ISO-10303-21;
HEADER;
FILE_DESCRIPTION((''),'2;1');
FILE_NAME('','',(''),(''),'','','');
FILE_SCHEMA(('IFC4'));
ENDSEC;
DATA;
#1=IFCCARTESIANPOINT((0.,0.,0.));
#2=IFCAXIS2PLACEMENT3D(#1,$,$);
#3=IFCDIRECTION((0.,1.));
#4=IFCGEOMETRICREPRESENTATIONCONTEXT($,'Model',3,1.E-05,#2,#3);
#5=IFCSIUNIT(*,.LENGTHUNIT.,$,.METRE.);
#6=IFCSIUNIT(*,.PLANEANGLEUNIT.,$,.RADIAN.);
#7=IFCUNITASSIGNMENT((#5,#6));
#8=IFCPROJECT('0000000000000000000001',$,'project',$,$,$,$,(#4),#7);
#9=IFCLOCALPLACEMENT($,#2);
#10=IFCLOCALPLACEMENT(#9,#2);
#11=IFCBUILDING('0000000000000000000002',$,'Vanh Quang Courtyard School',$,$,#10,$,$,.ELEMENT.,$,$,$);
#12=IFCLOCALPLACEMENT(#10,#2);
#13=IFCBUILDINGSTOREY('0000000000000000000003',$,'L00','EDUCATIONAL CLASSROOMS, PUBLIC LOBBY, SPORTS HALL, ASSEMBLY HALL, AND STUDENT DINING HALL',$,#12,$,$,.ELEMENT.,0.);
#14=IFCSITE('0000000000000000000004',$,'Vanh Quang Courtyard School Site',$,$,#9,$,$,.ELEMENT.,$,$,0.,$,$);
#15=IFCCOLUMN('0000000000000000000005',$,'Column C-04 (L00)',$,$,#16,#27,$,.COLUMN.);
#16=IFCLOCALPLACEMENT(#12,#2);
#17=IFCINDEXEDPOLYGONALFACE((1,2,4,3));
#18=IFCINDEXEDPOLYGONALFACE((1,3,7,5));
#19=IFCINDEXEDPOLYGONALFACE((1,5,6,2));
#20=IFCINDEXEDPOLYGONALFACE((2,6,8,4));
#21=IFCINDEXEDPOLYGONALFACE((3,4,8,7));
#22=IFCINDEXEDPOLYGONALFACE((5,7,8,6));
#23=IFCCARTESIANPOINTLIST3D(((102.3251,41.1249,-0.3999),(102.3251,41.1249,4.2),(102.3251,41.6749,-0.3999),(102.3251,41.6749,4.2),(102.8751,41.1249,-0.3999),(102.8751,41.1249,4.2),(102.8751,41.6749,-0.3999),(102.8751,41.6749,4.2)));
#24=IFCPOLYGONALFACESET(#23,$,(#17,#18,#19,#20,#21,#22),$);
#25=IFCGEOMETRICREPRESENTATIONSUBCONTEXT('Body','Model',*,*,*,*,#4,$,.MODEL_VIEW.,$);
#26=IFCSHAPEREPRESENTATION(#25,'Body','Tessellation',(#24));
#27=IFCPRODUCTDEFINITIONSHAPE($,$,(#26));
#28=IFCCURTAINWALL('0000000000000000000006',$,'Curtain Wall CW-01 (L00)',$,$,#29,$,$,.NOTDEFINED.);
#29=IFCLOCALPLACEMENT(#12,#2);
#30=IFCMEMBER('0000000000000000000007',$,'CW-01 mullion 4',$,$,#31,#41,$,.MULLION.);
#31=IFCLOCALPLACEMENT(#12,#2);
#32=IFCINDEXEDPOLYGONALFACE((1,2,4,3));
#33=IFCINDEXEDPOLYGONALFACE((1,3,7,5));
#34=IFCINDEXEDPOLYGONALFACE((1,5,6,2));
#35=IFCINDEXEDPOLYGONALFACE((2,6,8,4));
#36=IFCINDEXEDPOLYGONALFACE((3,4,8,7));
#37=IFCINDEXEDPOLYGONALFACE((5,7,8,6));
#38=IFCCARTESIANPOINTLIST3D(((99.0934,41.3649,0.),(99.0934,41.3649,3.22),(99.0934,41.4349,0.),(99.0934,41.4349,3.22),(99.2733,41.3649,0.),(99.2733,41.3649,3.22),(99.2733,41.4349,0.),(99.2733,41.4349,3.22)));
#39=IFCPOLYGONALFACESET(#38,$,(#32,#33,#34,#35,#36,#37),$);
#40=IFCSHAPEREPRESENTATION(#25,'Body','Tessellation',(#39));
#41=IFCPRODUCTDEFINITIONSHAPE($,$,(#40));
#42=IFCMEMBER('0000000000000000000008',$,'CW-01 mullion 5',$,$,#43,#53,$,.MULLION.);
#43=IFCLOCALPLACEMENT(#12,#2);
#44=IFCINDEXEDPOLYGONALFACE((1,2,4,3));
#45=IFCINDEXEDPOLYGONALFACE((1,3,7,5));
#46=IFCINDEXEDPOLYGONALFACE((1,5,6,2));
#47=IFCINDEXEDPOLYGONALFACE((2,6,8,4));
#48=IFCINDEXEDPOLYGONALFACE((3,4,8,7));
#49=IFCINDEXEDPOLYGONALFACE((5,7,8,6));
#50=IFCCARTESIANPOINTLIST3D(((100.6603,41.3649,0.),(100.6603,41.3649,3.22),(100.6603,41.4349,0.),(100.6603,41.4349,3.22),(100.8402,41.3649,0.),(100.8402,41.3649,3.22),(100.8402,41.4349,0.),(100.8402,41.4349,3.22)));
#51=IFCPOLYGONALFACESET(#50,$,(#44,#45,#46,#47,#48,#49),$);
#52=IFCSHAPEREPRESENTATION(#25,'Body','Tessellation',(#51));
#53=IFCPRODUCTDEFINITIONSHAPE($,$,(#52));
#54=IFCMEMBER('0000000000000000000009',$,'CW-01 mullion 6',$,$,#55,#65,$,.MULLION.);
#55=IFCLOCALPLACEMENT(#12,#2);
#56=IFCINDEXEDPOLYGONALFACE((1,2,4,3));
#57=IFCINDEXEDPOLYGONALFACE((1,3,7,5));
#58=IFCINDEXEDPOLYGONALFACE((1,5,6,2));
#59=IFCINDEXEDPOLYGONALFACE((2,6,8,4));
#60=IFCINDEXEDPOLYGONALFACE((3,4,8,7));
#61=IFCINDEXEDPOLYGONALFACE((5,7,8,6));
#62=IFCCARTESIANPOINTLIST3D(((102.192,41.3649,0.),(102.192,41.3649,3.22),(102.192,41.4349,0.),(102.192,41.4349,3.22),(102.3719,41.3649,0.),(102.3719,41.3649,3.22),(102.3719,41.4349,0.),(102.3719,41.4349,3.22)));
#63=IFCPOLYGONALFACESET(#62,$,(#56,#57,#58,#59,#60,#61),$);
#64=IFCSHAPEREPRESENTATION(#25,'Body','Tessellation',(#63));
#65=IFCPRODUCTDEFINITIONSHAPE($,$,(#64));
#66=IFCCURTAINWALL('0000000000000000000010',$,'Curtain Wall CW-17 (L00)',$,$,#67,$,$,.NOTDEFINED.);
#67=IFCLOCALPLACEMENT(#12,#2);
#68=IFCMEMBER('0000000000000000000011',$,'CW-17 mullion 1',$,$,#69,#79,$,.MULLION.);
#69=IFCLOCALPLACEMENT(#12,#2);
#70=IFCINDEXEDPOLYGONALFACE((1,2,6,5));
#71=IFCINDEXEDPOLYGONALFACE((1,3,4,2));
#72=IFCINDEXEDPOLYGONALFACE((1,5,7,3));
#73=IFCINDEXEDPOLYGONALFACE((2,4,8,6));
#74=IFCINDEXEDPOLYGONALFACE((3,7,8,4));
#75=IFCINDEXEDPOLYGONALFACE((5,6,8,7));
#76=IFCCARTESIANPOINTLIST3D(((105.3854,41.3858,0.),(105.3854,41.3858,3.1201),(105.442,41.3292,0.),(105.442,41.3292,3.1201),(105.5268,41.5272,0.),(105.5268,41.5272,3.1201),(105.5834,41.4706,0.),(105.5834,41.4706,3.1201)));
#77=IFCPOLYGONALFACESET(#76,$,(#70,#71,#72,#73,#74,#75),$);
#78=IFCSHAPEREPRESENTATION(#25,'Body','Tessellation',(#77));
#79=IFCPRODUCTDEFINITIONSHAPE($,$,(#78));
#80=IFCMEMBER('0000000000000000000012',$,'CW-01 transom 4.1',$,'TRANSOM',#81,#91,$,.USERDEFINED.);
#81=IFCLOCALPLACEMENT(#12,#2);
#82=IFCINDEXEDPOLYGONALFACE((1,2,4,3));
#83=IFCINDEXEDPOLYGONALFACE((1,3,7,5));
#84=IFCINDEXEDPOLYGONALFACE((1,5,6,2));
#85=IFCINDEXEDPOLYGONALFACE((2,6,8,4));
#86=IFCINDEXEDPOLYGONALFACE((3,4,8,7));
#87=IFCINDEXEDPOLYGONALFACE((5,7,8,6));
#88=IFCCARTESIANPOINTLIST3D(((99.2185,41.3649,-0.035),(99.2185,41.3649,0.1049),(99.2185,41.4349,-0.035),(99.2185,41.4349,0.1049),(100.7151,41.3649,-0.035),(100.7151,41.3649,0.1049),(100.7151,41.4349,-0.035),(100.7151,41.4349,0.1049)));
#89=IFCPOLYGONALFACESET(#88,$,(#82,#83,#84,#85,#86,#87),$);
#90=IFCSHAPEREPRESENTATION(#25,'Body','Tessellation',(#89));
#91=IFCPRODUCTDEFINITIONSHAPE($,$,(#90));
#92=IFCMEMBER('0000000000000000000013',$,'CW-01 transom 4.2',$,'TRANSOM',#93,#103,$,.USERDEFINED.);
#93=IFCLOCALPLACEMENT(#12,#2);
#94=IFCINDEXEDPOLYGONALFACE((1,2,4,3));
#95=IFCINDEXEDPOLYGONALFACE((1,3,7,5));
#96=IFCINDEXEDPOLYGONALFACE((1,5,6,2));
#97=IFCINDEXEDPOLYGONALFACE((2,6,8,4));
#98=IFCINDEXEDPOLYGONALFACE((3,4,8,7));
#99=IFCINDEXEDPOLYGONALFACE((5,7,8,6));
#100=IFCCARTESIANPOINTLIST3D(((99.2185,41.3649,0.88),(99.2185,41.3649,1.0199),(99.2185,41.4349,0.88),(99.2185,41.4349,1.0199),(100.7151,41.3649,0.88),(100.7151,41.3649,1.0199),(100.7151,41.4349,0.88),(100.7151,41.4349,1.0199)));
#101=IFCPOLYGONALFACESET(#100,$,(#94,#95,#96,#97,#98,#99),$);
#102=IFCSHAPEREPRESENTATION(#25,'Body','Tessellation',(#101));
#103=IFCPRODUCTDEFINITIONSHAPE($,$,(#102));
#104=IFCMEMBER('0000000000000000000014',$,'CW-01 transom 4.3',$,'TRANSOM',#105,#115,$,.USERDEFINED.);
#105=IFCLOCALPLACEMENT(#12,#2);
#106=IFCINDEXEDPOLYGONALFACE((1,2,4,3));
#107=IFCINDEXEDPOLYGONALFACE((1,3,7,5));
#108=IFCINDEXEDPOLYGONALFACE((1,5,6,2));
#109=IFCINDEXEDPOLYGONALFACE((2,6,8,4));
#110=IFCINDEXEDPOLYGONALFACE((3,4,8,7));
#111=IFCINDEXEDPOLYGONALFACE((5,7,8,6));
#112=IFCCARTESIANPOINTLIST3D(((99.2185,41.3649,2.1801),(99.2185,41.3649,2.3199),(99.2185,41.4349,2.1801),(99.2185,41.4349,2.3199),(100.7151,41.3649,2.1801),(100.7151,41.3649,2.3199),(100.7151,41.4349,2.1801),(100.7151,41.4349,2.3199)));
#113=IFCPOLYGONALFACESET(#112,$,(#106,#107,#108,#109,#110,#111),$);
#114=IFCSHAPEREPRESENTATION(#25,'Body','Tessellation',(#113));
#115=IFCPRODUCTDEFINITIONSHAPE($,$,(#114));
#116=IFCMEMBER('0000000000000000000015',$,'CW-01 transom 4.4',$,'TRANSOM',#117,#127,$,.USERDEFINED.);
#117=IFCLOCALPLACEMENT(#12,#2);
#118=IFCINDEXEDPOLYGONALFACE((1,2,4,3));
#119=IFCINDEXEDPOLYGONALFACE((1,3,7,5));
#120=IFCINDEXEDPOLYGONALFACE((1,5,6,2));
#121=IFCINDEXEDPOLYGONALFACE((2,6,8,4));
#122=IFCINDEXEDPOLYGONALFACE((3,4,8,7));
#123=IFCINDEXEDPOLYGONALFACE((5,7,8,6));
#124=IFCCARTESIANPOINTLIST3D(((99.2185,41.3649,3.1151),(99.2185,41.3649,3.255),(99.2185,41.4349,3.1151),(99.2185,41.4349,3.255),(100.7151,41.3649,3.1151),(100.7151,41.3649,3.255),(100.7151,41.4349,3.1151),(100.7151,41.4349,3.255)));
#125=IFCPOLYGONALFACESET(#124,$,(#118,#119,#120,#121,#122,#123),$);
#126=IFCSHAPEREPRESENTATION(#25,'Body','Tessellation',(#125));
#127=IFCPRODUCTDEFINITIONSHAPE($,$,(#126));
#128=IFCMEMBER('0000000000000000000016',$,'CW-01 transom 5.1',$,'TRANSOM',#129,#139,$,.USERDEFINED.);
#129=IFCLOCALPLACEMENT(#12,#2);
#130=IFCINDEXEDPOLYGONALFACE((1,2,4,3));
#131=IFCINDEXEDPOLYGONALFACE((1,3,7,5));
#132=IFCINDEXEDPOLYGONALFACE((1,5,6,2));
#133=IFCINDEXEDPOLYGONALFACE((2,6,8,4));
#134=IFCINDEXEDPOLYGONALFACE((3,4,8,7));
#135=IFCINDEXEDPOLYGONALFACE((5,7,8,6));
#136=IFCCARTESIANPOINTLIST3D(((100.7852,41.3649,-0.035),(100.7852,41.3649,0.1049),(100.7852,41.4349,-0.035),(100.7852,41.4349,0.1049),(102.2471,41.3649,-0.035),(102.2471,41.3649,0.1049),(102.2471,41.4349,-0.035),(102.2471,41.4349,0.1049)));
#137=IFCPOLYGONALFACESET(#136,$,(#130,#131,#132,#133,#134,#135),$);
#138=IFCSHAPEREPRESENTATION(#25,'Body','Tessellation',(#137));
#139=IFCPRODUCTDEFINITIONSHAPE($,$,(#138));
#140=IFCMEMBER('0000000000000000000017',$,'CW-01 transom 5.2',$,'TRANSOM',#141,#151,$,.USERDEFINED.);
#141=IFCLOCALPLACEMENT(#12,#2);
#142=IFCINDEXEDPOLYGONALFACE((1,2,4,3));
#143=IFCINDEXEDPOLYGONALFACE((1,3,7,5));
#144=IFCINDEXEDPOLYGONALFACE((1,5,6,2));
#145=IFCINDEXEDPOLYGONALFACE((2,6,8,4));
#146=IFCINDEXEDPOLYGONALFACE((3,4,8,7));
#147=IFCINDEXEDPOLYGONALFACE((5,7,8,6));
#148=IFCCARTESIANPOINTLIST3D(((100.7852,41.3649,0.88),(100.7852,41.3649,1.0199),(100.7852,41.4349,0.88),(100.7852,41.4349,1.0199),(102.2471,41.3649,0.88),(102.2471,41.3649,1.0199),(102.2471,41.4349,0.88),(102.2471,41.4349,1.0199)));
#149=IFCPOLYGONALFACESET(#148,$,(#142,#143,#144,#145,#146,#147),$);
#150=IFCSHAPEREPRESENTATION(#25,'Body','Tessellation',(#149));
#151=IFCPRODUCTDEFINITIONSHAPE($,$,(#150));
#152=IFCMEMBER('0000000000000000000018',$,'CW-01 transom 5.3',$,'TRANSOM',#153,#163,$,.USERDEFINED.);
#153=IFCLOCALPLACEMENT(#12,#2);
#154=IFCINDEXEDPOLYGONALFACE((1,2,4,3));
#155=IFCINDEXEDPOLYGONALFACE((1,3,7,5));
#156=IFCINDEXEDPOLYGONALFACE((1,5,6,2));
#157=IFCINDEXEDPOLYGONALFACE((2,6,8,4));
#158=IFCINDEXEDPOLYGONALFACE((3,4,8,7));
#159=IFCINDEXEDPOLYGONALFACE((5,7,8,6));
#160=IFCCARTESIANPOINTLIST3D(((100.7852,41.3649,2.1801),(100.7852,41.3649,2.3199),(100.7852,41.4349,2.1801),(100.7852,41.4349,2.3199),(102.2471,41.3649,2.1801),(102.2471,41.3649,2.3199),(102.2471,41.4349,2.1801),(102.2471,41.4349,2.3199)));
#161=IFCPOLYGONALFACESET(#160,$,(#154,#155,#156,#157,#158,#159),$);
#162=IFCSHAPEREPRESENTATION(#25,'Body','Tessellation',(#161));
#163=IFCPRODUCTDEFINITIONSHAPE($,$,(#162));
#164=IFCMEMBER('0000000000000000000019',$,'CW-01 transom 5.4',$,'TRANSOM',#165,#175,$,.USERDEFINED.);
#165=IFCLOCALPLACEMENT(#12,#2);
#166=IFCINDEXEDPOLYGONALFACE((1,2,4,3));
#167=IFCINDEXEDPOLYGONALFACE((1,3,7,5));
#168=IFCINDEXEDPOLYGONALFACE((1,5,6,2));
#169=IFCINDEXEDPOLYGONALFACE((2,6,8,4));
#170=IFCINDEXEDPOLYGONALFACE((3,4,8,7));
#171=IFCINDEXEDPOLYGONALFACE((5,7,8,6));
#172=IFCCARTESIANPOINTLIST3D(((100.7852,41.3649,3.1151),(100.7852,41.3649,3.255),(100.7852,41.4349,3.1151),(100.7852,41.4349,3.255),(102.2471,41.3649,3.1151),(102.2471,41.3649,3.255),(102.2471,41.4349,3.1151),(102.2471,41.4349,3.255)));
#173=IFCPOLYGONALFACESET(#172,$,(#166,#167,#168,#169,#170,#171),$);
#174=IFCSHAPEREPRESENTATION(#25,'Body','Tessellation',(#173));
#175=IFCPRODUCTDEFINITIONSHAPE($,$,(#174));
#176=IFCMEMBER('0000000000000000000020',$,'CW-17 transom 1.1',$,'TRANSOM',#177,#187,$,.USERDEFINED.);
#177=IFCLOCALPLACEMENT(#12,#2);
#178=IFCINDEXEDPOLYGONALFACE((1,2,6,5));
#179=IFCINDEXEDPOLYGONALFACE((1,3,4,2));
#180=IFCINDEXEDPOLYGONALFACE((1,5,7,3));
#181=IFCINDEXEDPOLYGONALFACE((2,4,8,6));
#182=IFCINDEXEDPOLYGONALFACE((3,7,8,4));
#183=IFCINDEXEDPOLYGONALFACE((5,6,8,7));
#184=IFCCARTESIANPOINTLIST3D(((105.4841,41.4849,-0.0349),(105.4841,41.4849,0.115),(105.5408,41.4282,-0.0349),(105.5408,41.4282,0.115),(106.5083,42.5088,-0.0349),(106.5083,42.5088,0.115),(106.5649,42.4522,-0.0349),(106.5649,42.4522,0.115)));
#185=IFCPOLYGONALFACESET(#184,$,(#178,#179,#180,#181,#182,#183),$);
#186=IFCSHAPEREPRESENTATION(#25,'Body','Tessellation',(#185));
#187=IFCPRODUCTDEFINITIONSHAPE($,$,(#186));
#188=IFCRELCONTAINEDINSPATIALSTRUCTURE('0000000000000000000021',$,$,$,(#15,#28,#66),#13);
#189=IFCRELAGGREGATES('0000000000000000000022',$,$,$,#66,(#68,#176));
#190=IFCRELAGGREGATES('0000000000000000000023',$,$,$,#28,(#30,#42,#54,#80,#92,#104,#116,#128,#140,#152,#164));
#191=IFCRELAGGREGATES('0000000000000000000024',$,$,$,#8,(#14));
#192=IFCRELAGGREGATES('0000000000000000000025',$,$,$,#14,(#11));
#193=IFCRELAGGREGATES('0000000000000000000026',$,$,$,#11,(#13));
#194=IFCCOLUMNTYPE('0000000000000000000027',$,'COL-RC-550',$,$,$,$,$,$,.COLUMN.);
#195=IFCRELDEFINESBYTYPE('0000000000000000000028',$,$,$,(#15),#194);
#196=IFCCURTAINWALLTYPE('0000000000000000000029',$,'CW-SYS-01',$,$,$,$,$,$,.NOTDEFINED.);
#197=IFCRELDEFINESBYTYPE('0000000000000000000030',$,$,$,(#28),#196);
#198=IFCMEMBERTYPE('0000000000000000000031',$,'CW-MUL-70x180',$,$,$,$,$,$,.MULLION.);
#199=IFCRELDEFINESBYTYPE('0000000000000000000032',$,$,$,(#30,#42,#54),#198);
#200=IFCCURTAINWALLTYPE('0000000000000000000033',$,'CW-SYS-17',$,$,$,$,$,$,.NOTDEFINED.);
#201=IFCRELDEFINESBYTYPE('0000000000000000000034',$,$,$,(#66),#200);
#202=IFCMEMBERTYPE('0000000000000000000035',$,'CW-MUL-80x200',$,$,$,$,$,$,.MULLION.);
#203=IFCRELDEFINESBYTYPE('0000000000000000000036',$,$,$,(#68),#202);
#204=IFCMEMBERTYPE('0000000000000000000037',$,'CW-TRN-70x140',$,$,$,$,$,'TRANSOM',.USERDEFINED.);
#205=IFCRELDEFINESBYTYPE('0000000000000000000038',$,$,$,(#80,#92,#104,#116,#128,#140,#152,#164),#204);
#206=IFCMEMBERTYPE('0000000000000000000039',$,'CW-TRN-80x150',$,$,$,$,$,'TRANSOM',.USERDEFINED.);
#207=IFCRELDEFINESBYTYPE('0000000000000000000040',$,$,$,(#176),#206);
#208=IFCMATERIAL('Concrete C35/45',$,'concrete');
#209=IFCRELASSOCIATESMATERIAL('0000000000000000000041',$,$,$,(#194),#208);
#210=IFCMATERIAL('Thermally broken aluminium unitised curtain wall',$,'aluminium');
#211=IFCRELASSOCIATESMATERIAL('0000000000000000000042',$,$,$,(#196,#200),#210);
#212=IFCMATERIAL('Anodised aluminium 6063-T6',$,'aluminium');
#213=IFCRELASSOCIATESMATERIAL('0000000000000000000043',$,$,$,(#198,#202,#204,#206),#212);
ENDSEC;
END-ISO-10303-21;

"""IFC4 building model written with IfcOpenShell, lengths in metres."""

from ifc_helpers import new_model, si_unit, direction, frame, origin, origin_2d, place, context, subcontext, project, spatial, rectangle, extrude, material, material_profile, profile_set, type_object, element, aggregate, save


model = new_model("IFC4")

# Units and contexts
model_context = context("Model", 3, precision=1e-05, world=origin(), true_north=direction((0.0, 1.0)))
body_context = subcontext(model_context, "Body", "Model", "MODEL_VIEW")
ifc_project = project(units=[si_unit("LENGTHUNIT", "METRE"), si_unit("PLANEANGLEUNIT", "RADIAN")], contexts=[model_context])

# Site, building, storey
site_placement = place(None, origin())
site = spatial("IfcSite", under=ifc_project, at=site_placement, Name="Vanh Quang Courtyard School Site", CompositionType="ELEMENT", RefElevation=0.0)
building_placement = place(site_placement, origin())
building = spatial("IfcBuilding", under=site, at=building_placement, Name="Vanh Quang Courtyard School", CompositionType="ELEMENT")
storey_placement = place(building_placement, origin())
storey = spatial("IfcBuildingStorey", under=building, at=storey_placement, Name="L00", Description="EDUCATIONAL CLASSROOMS, PUBLIC LOBBY, SPORTS HALL, ASSEMBLY HALL, AND STUDENT DINING HALL", CompositionType="ELEMENT", Elevation=0.0)

# Column
ifc_material_1 = material(Name="Concrete C35/45", Category="concrete")
ifc_material_profile_1 = material_profile(ifc_material_1, rectangle(XDim=0.55, YDim=0.55, at=origin_2d()), Name="RC-COL 550x550")
ifc_profile_set_1 = profile_set([ifc_material_profile_1], Name="Concrete C35/45")
column_type = type_object("IfcColumnType", Name="COL-RC-550", PredefinedType="COLUMN", material=ifc_profile_set_1)
column_placement = place(storey_placement, frame((102.6001, 41.3999, -0.3999), z_axis=(0.0, 0.0, 1.0), x_axis=(1.0, 0.0, 0.0)))
element("IfcColumn", 1, at=column_placement, inside=storey, type_object=column_type, Name="Column C-04 (L00)", PredefinedType="COLUMN", context=body_context, shape_type="SweptSolid", body=[
    extrude(rectangle(XDim=0.55, YDim=0.55, at=origin_2d()), origin(), (0.0, 0.0, 1.0), 4.5999),
])

# Curtain wall, members
ifc_material_2 = material(Name="Thermally broken aluminium unitised curtain wall", Category="aluminium")
curtain_wall_type_1 = type_object("IfcCurtainWallType", Name="CW-SYS-01", PredefinedType="NOTDEFINED", material=ifc_material_2)
curtain_wall_1_placement = place(storey_placement, origin())
curtain_wall_1 = element("IfcCurtainWall", 2, at=curtain_wall_1_placement, inside=storey, type_object=curtain_wall_type_1, Name="Curtain Wall CW-01 (L00)", PredefinedType="NOTDEFINED")
ifc_material_3 = material(Name="Anodised aluminium 6063-T6", Category="aluminium")
ifc_material_profile_2 = material_profile(ifc_material_3, rectangle(XDim=0.0701, YDim=0.1799, at=origin_2d()), Name="ALU-MUL 70x180")
ifc_profile_set_2 = profile_set([ifc_material_profile_2], Name="Anodised aluminium 6063-T6")
member_type_1 = type_object("IfcMemberType", Name="CW-MUL-70x180", PredefinedType="MULLION", material=ifc_profile_set_2)
member_1_placement = place(storey_placement, frame((99.1833, 41.3999, 0.0), z_axis=(0.0, 0.0, 1.0), x_axis=(0.0, 1.0, 0.0)))
member_1 = element("IfcMember", 3, at=member_1_placement, type_object=member_type_1, Name="CW-01 mullion 4", PredefinedType="MULLION", context=body_context, shape_type="SweptSolid", body=[
    extrude(rectangle(XDim=0.0701, YDim=0.1799, at=origin_2d()), origin(), (0.0, 0.0, 1.0), 3.22),
])
member_2_placement = place(storey_placement, frame((100.7502, 41.3999, 0.0), z_axis=(0.0, 0.0, 1.0), x_axis=(0.0, 1.0, 0.0)))
member_2 = element("IfcMember", 4, at=member_2_placement, type_object=member_type_1, Name="CW-01 mullion 5", PredefinedType="MULLION", context=body_context, shape_type="SweptSolid", body=[
    extrude(rectangle(XDim=0.0701, YDim=0.1799, at=origin_2d()), origin(), (0.0, 0.0, 1.0), 3.22),
])
member_3_placement = place(storey_placement, frame((102.282, 41.3999, 0.0), z_axis=(0.0, 0.0, 1.0), x_axis=(0.0, 1.0, 0.0)))
member_3 = element("IfcMember", 5, at=member_3_placement, type_object=member_type_1, Name="CW-01 mullion 6", PredefinedType="MULLION", context=body_context, shape_type="SweptSolid", body=[
    extrude(rectangle(XDim=0.0701, YDim=0.1799, at=origin_2d()), origin(), (0.0, 0.0, 1.0), 3.22),
])

# Curtain wall, member
curtain_wall_type_2 = type_object("IfcCurtainWallType", Name="CW-SYS-17", PredefinedType="NOTDEFINED", material=ifc_material_2)
curtain_wall_2_placement = place(storey_placement, origin())
curtain_wall_2 = element("IfcCurtainWall", 6, at=curtain_wall_2_placement, inside=storey, type_object=curtain_wall_type_2, Name="Curtain Wall CW-17 (L00)", PredefinedType="NOTDEFINED")
ifc_material_profile_3 = material_profile(ifc_material_3, rectangle(XDim=0.0801, YDim=0.2, at=origin_2d()), Name="ALU-MUL 80x200")
ifc_profile_set_3 = profile_set([ifc_material_profile_3], Name="Anodised aluminium 6063-T6")
member_type_2 = type_object("IfcMemberType", Name="CW-MUL-80x200", PredefinedType="MULLION", material=ifc_profile_set_3)
member_4_placement = place(storey_placement, frame((105.4844, 41.4282, 0.0), z_axis=(0.0, 0.0, 1.0), x_axis=(-0.707107, 0.707107, 0.0)))
member_4 = element("IfcMember", 7, at=member_4_placement, type_object=member_type_2, Name="CW-17 mullion 1", PredefinedType="MULLION", context=body_context, shape_type="SweptSolid", body=[
    extrude(rectangle(XDim=0.0801, YDim=0.2, at=origin_2d()), origin(), (0.0, 0.0, 1.0), 3.1201),
])

# Members
ifc_material_profile_4 = material_profile(ifc_material_3, rectangle(XDim=0.0701, YDim=0.1399, at=origin_2d()), Name="ALU-TRN 70x140")
ifc_profile_set_4 = profile_set([ifc_material_profile_4], Name="Anodised aluminium 6063-T6")
member_type_3 = type_object("IfcMemberType", Name="CW-TRN-70x140", ElementType="TRANSOM", PredefinedType="USERDEFINED", material=ifc_profile_set_4)
member_5_placement = place(storey_placement, frame((99.2185, 41.3999, 0.0349), z_axis=(1.0, 0.0, 0.0), x_axis=(0.0, 1.0, 0.0)))
member_5 = element("IfcMember", 8, at=member_5_placement, type_object=member_type_3, Name="CW-01 transom 4.1", ObjectType="TRANSOM", PredefinedType="USERDEFINED", context=body_context, shape_type="SweptSolid", body=[
    extrude(rectangle(XDim=0.0701, YDim=0.1399, at=origin_2d()), origin(), (0.0, 0.0, 1.0), 1.4966),
])
member_6_placement = place(storey_placement, frame((99.2185, 41.3999, 0.95), z_axis=(1.0, 0.0, 0.0), x_axis=(0.0, 1.0, 0.0)))
member_6 = element("IfcMember", 9, at=member_6_placement, type_object=member_type_3, Name="CW-01 transom 4.2", ObjectType="TRANSOM", PredefinedType="USERDEFINED", context=body_context, shape_type="SweptSolid", body=[
    extrude(rectangle(XDim=0.0701, YDim=0.1399, at=origin_2d()), origin(), (0.0, 0.0, 1.0), 1.4966),
])
member_7_placement = place(storey_placement, frame((99.2185, 41.3999, 2.25), z_axis=(1.0, 0.0, 0.0), x_axis=(0.0, 1.0, 0.0)))
member_7 = element("IfcMember", 10, at=member_7_placement, type_object=member_type_3, Name="CW-01 transom 4.3", ObjectType="TRANSOM", PredefinedType="USERDEFINED", context=body_context, shape_type="SweptSolid", body=[
    extrude(rectangle(XDim=0.0701, YDim=0.1399, at=origin_2d()), origin(), (0.0, 0.0, 1.0), 1.4966),
])
member_8_placement = place(storey_placement, frame((99.2185, 41.3999, 3.1851), z_axis=(1.0, 0.0, 0.0), x_axis=(0.0, 1.0, 0.0)))
member_8 = element("IfcMember", 11, at=member_8_placement, type_object=member_type_3, Name="CW-01 transom 4.4", ObjectType="TRANSOM", PredefinedType="USERDEFINED", context=body_context, shape_type="SweptSolid", body=[
    extrude(rectangle(XDim=0.0701, YDim=0.1399, at=origin_2d()), origin(), (0.0, 0.0, 1.0), 1.4966),
])
member_9_placement = place(storey_placement, frame((100.7852, 41.3999, 0.0349), z_axis=(1.0, 0.0, 0.0), x_axis=(0.0, 1.0, 0.0)))
member_9 = element("IfcMember", 12, at=member_9_placement, type_object=member_type_3, Name="CW-01 transom 5.1", ObjectType="TRANSOM", PredefinedType="USERDEFINED", context=body_context, shape_type="SweptSolid", body=[
    extrude(rectangle(XDim=0.0701, YDim=0.1399, at=origin_2d()), origin(), (0.0, 0.0, 1.0), 1.4619),
])
member_10_placement = place(storey_placement, frame((100.7852, 41.3999, 0.95), z_axis=(1.0, 0.0, 0.0), x_axis=(0.0, 1.0, 0.0)))
member_10 = element("IfcMember", 13, at=member_10_placement, type_object=member_type_3, Name="CW-01 transom 5.2", ObjectType="TRANSOM", PredefinedType="USERDEFINED", context=body_context, shape_type="SweptSolid", body=[
    extrude(rectangle(XDim=0.0701, YDim=0.1399, at=origin_2d()), origin(), (0.0, 0.0, 1.0), 1.4619),
])
member_11_placement = place(storey_placement, frame((100.7852, 41.3999, 2.25), z_axis=(1.0, 0.0, 0.0), x_axis=(0.0, 1.0, 0.0)))
member_11 = element("IfcMember", 14, at=member_11_placement, type_object=member_type_3, Name="CW-01 transom 5.3", ObjectType="TRANSOM", PredefinedType="USERDEFINED", context=body_context, shape_type="SweptSolid", body=[
    extrude(rectangle(XDim=0.0701, YDim=0.1399, at=origin_2d()), origin(), (0.0, 0.0, 1.0), 1.4619),
])
member_12_placement = place(storey_placement, frame((100.7852, 41.3999, 3.1851), z_axis=(1.0, 0.0, 0.0), x_axis=(0.0, 1.0, 0.0)))
member_12 = element("IfcMember", 15, at=member_12_placement, type_object=member_type_3, Name="CW-01 transom 5.4", ObjectType="TRANSOM", PredefinedType="USERDEFINED", context=body_context, shape_type="SweptSolid", body=[
    extrude(rectangle(XDim=0.0701, YDim=0.1399, at=origin_2d()), origin(), (0.0, 0.0, 1.0), 1.4619),
])
ifc_material_profile_5 = material_profile(ifc_material_3, rectangle(XDim=0.0801, YDim=0.1499, at=origin_2d()), Name="ALU-TRN 80x150")
ifc_profile_set_5 = profile_set([ifc_material_profile_5], Name="Anodised aluminium 6063-T6")
member_type_4 = type_object("IfcMemberType", Name="CW-TRN-80x150", ElementType="TRANSOM", PredefinedType="USERDEFINED", material=ifc_profile_set_5)
member_13_placement = place(storey_placement, frame((105.5125, 41.4565, 0.04), z_axis=(0.707191, 0.707022, 0.0), x_axis=(-0.707022, 0.707191, 0.0)))
member_13 = element("IfcMember", 16, at=member_13_placement, type_object=member_type_4, Name="CW-17 transom 1.1", ObjectType="TRANSOM", PredefinedType="USERDEFINED", context=body_context, shape_type="SweptSolid", body=[
    extrude(rectangle(XDim=0.0801, YDim=0.1499, at=origin_2d()), origin(), (0.0, 0.0, 1.0), 1.4482),
])

aggregate(curtain_wall_2, [member_4, member_13])
aggregate(curtain_wall_1, [member_1, member_2, member_3, member_5, member_6, member_7, member_8, member_9, member_10, member_11, member_12])

save(model, "model.ifc")
